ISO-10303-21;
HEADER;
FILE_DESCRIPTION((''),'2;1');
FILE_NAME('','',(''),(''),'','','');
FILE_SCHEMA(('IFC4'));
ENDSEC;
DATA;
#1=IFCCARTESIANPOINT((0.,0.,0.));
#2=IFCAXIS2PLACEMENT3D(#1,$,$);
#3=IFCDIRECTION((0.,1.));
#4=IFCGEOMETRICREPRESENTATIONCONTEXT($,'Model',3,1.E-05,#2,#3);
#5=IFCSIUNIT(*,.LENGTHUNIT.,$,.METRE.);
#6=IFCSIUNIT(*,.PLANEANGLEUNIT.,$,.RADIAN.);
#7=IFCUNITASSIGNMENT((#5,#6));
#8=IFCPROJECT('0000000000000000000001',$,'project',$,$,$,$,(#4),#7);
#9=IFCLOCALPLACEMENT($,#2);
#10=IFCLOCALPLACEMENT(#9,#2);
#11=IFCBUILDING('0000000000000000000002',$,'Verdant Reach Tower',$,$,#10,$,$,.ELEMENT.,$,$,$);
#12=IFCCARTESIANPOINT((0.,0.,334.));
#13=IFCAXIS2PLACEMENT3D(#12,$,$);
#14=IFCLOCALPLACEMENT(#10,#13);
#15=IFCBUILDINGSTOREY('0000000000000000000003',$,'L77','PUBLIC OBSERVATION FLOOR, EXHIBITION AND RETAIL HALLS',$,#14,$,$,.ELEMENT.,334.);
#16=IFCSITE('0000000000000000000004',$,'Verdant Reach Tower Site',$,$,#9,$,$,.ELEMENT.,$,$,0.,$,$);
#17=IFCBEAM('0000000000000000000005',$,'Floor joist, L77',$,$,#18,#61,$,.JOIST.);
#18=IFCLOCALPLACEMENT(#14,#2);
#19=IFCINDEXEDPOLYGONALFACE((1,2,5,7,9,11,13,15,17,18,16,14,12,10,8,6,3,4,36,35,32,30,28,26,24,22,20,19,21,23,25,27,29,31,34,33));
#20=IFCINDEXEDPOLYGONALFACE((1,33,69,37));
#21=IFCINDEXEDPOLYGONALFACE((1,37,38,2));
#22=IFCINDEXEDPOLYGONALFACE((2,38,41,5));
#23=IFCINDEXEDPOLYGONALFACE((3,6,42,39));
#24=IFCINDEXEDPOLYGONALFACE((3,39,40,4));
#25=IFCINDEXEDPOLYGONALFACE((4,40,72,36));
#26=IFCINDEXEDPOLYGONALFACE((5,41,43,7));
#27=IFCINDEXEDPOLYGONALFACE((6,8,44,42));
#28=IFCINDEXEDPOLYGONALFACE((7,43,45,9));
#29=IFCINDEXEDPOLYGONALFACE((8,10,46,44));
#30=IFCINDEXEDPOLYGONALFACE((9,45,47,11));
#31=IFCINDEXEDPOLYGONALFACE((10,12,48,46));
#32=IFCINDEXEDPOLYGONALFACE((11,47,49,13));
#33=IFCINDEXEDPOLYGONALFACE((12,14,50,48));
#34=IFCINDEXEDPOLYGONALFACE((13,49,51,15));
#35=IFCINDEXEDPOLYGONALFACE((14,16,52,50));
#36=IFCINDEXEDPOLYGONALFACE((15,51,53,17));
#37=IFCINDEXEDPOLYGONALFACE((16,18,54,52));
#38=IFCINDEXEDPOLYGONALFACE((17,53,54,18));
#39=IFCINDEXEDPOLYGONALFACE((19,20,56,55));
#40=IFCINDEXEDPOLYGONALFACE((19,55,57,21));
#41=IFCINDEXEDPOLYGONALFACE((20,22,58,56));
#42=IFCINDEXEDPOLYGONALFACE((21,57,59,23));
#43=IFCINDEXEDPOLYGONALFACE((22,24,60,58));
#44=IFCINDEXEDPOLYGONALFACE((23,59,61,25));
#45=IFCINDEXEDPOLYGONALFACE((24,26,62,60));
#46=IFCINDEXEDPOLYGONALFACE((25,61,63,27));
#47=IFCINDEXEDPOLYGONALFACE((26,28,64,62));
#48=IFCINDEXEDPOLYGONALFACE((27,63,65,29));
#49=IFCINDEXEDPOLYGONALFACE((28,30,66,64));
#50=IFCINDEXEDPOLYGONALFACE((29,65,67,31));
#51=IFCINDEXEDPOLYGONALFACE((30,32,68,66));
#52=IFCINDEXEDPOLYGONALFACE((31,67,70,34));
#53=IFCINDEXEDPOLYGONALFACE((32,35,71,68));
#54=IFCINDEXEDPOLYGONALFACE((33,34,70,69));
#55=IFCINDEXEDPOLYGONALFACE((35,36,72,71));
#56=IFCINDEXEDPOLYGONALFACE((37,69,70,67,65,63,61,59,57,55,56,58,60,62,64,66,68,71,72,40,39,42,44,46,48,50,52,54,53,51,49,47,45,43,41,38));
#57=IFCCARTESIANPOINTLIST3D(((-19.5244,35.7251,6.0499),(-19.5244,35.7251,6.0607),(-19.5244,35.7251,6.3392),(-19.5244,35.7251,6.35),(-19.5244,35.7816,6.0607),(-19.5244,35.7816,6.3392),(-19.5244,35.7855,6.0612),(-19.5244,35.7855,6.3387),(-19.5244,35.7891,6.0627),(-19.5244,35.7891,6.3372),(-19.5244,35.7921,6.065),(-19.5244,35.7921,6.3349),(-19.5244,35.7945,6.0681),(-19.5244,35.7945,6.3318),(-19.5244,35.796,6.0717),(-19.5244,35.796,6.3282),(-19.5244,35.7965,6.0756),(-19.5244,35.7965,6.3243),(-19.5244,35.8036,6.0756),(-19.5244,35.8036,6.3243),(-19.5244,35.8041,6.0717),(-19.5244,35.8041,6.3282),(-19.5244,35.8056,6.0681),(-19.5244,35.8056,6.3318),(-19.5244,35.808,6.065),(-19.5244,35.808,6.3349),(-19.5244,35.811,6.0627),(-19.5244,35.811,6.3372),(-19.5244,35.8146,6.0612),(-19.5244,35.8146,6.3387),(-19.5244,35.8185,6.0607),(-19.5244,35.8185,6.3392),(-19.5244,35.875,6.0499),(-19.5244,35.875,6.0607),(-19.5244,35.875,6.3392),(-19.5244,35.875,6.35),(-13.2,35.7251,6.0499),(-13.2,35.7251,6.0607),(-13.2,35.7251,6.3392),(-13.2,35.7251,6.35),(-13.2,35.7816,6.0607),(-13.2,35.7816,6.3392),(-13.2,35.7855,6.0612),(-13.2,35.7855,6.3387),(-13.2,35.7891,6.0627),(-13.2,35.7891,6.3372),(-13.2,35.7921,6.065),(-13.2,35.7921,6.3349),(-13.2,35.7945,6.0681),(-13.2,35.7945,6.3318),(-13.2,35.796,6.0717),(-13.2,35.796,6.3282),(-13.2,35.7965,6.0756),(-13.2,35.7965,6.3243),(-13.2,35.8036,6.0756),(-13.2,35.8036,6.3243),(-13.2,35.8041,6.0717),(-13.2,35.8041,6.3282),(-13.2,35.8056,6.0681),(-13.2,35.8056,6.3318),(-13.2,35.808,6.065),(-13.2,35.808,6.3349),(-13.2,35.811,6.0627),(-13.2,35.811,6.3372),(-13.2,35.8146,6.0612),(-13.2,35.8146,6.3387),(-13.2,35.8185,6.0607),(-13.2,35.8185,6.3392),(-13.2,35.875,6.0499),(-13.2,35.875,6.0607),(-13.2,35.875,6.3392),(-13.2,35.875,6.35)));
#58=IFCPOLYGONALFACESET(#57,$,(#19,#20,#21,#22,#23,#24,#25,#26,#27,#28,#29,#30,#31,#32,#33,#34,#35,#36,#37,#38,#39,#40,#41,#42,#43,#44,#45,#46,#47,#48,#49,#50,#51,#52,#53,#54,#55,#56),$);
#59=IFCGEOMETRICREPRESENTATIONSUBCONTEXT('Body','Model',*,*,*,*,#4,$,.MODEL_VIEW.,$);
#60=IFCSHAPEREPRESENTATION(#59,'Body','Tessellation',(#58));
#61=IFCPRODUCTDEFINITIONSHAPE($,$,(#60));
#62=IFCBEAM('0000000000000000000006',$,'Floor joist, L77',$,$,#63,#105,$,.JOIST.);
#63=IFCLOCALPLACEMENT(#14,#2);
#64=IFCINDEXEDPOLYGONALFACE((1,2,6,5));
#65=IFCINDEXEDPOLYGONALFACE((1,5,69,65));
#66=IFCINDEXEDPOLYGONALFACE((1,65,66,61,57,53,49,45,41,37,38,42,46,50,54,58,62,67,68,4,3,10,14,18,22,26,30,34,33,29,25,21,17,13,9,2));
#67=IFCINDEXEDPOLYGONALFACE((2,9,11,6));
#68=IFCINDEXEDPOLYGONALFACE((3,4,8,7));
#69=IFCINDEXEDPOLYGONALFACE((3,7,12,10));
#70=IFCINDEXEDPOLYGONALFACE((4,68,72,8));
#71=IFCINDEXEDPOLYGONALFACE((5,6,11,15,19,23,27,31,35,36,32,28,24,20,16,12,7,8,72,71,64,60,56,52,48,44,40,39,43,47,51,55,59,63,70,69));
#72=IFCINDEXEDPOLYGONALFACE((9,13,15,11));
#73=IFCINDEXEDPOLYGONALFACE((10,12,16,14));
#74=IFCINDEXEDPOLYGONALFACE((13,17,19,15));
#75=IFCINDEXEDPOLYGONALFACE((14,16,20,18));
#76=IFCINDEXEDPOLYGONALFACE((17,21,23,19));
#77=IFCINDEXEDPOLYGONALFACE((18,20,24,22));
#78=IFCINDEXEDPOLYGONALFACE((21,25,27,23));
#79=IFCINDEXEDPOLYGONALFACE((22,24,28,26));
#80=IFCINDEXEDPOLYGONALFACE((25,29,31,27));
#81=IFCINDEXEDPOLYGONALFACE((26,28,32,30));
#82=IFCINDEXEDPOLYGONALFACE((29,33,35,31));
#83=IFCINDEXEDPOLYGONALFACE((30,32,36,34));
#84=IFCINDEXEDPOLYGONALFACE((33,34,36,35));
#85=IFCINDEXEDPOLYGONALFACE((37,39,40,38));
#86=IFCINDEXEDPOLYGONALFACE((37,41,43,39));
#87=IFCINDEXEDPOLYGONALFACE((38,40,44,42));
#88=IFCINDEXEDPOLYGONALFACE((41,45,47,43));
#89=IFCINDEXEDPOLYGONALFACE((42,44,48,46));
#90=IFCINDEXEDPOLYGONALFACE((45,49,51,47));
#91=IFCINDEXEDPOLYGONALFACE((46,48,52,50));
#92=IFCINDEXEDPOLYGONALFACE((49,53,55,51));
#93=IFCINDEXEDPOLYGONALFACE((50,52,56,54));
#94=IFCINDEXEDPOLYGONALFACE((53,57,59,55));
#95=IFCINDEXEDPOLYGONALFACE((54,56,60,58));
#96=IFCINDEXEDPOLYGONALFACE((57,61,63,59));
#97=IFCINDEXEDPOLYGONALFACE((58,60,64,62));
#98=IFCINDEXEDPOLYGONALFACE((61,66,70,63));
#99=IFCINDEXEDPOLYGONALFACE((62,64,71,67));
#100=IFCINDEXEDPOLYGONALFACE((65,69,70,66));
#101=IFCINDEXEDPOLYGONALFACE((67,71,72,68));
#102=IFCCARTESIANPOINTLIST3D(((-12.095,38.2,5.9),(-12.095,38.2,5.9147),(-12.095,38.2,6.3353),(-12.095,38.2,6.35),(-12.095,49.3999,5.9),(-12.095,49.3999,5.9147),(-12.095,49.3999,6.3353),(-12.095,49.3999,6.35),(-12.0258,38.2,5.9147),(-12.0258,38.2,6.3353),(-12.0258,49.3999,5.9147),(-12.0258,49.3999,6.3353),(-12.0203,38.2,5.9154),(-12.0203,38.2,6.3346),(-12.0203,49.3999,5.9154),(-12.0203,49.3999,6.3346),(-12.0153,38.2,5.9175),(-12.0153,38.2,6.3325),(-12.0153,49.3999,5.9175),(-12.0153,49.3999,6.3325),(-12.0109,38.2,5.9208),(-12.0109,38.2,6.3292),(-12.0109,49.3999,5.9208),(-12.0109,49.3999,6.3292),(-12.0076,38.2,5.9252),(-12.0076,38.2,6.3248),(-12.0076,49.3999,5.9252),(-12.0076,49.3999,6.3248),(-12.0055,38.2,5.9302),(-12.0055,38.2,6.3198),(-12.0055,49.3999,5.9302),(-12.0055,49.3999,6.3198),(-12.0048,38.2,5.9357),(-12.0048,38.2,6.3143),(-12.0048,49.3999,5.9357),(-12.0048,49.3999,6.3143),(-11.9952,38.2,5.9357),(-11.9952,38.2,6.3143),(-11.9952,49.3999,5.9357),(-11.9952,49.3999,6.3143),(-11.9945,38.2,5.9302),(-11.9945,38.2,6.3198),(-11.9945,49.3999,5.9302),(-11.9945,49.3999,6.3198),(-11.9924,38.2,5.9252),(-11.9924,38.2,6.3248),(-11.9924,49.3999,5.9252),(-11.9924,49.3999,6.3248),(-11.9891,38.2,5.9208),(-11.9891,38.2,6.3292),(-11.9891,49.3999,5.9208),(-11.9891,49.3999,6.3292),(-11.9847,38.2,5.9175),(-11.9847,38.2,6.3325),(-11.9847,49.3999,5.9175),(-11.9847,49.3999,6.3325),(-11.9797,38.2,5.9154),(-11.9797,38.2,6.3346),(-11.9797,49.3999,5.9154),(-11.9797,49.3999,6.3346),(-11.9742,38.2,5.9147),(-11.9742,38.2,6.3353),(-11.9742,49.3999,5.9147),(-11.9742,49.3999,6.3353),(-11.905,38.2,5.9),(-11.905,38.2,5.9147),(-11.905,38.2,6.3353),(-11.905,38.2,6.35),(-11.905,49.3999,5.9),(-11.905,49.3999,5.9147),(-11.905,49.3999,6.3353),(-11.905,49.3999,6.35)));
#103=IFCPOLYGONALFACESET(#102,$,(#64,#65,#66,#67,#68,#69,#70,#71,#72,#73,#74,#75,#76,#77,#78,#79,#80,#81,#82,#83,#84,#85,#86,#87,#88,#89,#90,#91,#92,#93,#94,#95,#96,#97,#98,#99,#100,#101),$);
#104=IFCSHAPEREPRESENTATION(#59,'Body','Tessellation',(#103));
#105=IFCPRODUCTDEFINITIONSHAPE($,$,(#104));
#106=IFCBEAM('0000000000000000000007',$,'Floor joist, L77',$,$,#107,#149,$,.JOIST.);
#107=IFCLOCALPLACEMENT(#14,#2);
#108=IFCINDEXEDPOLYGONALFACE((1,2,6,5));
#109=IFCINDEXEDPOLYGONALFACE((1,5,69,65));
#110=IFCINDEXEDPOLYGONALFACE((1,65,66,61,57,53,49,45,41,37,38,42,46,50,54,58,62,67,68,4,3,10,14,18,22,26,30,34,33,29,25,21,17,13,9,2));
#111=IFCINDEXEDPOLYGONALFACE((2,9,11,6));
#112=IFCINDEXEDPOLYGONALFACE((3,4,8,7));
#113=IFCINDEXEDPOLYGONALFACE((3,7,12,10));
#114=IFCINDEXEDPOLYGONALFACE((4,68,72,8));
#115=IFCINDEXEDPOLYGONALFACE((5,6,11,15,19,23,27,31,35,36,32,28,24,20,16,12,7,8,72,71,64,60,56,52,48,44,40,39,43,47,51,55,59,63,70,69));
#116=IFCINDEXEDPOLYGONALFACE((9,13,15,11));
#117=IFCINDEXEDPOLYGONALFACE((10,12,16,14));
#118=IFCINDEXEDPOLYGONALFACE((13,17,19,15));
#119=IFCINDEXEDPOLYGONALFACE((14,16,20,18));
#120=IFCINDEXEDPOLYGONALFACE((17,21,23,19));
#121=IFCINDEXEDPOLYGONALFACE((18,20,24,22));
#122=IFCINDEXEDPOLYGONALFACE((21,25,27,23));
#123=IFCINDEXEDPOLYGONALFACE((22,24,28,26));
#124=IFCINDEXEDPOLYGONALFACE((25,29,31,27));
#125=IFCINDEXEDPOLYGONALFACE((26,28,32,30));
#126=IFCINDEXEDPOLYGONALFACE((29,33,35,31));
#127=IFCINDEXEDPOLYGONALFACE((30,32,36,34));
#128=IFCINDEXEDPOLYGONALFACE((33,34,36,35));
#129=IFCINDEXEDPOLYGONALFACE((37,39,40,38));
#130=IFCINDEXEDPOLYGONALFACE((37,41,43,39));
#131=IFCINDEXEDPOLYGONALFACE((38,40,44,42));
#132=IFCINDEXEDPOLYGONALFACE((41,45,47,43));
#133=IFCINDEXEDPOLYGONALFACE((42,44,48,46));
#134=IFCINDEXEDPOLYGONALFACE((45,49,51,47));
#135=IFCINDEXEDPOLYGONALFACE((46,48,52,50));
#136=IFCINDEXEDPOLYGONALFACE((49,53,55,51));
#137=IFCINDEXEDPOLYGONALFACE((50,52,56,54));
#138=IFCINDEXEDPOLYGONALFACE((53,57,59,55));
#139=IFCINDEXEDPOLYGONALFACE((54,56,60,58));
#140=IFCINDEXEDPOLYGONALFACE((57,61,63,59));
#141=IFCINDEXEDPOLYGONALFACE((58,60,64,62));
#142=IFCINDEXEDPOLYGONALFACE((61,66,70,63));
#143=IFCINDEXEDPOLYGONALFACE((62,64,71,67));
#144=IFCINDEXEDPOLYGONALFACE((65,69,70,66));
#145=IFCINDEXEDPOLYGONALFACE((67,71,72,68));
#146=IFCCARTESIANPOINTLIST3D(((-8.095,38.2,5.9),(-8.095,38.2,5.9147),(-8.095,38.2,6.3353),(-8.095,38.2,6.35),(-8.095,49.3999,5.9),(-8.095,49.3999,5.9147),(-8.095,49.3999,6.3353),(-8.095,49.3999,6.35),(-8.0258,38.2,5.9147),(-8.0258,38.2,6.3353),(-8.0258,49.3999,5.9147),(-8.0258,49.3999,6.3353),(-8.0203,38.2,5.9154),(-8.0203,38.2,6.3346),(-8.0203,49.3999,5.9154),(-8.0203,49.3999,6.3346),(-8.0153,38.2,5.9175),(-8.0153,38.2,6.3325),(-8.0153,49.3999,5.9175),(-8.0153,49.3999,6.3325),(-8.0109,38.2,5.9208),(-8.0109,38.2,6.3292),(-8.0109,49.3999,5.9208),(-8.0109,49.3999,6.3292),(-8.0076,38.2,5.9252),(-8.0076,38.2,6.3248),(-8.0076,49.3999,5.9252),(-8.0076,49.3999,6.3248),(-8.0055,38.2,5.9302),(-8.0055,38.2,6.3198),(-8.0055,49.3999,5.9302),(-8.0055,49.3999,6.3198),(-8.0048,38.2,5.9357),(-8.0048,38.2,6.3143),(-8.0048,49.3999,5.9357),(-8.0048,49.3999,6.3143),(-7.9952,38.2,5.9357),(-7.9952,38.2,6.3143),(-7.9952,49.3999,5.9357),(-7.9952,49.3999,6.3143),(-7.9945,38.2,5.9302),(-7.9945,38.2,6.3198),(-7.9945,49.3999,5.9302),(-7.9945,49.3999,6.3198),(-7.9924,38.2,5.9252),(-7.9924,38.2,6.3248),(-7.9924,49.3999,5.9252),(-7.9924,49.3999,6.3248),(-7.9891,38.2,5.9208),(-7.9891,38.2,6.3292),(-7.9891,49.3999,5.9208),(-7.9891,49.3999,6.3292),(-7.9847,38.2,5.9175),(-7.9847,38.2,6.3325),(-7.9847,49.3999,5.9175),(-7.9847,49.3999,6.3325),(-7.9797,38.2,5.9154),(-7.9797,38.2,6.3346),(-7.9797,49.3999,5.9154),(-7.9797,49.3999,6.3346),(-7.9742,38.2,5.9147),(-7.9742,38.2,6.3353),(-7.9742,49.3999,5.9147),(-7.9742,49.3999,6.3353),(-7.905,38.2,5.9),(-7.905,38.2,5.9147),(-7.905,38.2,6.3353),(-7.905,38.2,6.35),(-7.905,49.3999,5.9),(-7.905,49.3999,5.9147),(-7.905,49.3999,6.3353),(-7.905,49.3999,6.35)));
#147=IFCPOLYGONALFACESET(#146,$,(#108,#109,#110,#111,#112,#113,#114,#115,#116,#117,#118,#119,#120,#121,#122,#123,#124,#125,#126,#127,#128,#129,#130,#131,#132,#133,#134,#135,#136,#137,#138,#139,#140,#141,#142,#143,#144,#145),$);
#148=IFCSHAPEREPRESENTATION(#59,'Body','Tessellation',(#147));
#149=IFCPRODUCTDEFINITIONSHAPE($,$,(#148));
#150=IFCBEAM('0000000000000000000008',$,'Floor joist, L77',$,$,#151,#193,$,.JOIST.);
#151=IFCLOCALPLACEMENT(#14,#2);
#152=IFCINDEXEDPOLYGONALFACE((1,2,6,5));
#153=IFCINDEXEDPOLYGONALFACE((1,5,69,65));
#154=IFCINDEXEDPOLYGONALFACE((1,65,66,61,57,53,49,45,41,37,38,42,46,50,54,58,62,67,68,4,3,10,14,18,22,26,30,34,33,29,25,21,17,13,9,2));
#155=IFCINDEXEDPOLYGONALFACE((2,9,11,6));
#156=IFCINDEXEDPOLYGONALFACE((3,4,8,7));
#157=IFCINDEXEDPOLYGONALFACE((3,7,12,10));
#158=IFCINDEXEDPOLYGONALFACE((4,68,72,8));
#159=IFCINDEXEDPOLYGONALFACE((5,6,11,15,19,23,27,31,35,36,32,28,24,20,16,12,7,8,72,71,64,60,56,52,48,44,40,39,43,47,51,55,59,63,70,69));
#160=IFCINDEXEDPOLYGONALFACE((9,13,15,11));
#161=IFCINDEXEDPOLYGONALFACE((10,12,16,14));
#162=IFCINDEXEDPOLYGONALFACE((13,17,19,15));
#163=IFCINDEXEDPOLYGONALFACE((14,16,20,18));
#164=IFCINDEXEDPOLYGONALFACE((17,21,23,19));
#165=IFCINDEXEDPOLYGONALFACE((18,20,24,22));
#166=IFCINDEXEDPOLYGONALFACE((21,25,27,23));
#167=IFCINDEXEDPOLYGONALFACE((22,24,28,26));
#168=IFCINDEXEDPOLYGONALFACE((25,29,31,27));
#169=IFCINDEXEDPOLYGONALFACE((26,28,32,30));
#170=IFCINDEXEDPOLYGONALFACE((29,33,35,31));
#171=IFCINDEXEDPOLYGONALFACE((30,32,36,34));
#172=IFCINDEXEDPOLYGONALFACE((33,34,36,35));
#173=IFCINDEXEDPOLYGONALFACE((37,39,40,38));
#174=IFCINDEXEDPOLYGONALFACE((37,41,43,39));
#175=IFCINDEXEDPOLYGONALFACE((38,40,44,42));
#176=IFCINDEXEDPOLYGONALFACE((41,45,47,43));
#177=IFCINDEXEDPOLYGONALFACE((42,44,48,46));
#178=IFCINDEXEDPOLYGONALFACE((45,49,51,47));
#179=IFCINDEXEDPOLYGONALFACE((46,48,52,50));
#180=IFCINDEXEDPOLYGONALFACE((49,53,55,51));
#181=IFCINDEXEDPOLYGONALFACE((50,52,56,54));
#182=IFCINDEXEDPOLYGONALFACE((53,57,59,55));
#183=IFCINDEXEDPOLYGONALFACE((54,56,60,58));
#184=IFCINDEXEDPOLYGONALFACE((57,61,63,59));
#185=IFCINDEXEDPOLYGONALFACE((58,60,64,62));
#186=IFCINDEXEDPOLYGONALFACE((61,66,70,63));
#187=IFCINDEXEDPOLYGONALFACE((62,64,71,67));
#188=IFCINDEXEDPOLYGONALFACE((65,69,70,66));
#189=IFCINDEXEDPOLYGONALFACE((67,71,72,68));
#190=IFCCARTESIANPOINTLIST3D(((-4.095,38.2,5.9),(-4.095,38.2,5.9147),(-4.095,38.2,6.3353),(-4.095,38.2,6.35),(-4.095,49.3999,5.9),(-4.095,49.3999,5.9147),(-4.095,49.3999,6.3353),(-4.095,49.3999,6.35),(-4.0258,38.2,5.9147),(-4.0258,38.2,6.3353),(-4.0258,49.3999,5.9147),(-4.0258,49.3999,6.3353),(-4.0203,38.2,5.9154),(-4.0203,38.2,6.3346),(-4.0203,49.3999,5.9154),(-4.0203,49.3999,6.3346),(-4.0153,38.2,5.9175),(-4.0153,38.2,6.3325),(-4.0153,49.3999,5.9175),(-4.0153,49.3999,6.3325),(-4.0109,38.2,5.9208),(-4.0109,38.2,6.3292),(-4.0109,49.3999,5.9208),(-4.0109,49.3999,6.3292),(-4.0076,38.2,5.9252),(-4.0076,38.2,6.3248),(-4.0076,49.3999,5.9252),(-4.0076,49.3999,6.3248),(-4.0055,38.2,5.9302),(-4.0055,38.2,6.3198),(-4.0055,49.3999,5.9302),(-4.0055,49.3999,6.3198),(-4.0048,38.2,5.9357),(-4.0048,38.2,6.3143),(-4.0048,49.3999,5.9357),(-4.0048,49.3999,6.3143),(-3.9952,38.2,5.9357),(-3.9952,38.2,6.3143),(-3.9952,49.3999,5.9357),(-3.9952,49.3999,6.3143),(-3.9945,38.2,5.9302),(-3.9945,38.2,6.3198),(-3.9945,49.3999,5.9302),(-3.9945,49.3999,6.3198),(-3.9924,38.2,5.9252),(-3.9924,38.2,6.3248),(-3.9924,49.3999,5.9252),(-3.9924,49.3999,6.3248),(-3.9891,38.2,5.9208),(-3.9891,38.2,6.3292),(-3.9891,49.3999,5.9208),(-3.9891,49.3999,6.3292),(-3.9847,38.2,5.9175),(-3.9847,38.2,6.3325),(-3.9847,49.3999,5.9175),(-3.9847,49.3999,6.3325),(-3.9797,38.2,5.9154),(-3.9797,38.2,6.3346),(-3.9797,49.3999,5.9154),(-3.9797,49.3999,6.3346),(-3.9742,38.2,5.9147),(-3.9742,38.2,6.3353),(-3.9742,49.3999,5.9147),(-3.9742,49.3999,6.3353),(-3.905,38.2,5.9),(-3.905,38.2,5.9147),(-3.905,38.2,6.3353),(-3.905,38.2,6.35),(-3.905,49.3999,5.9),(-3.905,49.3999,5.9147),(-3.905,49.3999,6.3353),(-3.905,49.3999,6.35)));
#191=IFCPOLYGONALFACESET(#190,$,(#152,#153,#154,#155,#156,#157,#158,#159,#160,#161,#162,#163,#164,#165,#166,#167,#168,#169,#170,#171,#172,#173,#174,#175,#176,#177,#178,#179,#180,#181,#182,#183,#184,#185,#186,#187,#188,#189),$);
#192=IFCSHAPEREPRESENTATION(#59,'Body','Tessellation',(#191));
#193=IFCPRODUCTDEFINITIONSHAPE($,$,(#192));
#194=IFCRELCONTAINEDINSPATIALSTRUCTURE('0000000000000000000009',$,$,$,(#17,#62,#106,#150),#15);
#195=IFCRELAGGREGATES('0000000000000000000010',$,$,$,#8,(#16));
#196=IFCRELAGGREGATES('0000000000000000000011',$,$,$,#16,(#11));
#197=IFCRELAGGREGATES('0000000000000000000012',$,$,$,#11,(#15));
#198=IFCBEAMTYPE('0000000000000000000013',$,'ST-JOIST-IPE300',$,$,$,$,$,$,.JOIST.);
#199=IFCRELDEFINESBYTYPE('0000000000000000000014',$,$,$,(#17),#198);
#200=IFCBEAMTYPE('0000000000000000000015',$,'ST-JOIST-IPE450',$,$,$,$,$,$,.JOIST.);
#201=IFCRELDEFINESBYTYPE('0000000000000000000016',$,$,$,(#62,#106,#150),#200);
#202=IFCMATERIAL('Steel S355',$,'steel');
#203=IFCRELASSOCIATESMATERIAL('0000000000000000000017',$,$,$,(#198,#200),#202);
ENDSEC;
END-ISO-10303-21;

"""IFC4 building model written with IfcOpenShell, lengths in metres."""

from ifc_helpers import new_model, si_unit, direction, frame, origin, origin_2d, place, context, subcontext, project, spatial, i_section, extrude, material, material_profile, profile_set, type_object, element, save


model = new_model("IFC4")

# Units and contexts
model_context = context("Model", 3, precision=1e-05, world=origin(), true_north=direction((0.0, 1.0)))
body_context = subcontext(model_context, "Body", "Model", "MODEL_VIEW")
ifc_project = project(units=[si_unit("LENGTHUNIT", "METRE"), si_unit("PLANEANGLEUNIT", "RADIAN")], contexts=[model_context])

# Site, building, storey
site_placement = place(None, origin())
site = spatial("IfcSite", under=ifc_project, at=site_placement, Name="Verdant Reach Tower Site", CompositionType="ELEMENT", RefElevation=0.0)
building_placement = place(site_placement, origin())
building = spatial("IfcBuilding", under=site, at=building_placement, Name="Verdant Reach Tower", CompositionType="ELEMENT")
storey_placement = place(building_placement, frame((0.0, 0.0, 334.0)))
storey = spatial("IfcBuildingStorey", under=building, at=storey_placement, Name="L77", Description="PUBLIC OBSERVATION FLOOR, EXHIBITION AND RETAIL HALLS", CompositionType="ELEMENT", Elevation=334.0)

# Beams
ifc_material_1 = material(Name="Steel S355", Category="steel")
ifc_material_profile_1 = material_profile(ifc_material_1, i_section(OverallWidth=0.1499, OverallDepth=0.3, WebThickness=0.0071, FlangeThickness=0.0107, FilletRadius=0.0149, at=origin_2d()), Name="IPE 300")
ifc_profile_set_1 = profile_set([ifc_material_profile_1], Name="Steel S355")
beam_type_1 = type_object("IfcBeamType", Name="ST-JOIST-IPE300", PredefinedType="JOIST", material=ifc_profile_set_1)
beam_1_placement = place(storey_placement, frame((-13.2, 35.8, 6.2), z_axis=(-1.0, 0.0, 0.0), x_axis=(0.0, -1.0, 0.0)))
element("IfcBeam", 1, at=beam_1_placement, inside=storey, type_object=beam_type_1, Name="Floor joist, L77", PredefinedType="JOIST", context=body_context, shape_type="SweptSolid", body=[
    extrude(i_section(OverallWidth=0.1499, OverallDepth=0.3, WebThickness=0.0071, FlangeThickness=0.0107, FilletRadius=0.0149, at=origin_2d()), origin(), (0.0, 0.0, 1.0), 6.3245),
])
ifc_material_profile_2 = material_profile(ifc_material_1, i_section(OverallWidth=0.1899, OverallDepth=0.45, WebThickness=0.0095, FlangeThickness=0.0146, FilletRadius=0.021, at=origin_2d()), Name="IPE 450")
ifc_profile_set_2 = profile_set([ifc_material_profile_2], Name="Steel S355")
beam_type_2 = type_object("IfcBeamType", Name="ST-JOIST-IPE450", PredefinedType="JOIST", material=ifc_profile_set_2)
for number, where, z_axis, x_axis, name in (
    (2, (-12.0, 38.2, 6.125), (0.0, 1.0, 0.0), (-1.0, 0.0, 0.0), "Floor joist, L77"),
    (3, (-8.0, 38.2, 6.125), (0.0, 1.0, 0.0), (-1.0, 0.0, 0.0), "Floor joist, L77"),
    (4, (-4.0, 38.2, 6.125), (0.0, 1.0, 0.0), (-1.0, 0.0, 0.0), "Floor joist, L77"),
):
    element("IfcBeam", number, at=place(storey_placement, frame(where, z_axis=z_axis, x_axis=x_axis)), inside=storey, type_object=beam_type_2, Name=name, PredefinedType="JOIST", context=body_context, shape_type="SweptSolid", body=[
        extrude(i_section(OverallWidth=0.1899, OverallDepth=0.45, WebThickness=0.0095, FlangeThickness=0.0146, FilletRadius=0.021, at=origin_2d()), origin(), (0.0, 0.0, 1.0), 11.2),
    ])

save(model, "model.ifc")
